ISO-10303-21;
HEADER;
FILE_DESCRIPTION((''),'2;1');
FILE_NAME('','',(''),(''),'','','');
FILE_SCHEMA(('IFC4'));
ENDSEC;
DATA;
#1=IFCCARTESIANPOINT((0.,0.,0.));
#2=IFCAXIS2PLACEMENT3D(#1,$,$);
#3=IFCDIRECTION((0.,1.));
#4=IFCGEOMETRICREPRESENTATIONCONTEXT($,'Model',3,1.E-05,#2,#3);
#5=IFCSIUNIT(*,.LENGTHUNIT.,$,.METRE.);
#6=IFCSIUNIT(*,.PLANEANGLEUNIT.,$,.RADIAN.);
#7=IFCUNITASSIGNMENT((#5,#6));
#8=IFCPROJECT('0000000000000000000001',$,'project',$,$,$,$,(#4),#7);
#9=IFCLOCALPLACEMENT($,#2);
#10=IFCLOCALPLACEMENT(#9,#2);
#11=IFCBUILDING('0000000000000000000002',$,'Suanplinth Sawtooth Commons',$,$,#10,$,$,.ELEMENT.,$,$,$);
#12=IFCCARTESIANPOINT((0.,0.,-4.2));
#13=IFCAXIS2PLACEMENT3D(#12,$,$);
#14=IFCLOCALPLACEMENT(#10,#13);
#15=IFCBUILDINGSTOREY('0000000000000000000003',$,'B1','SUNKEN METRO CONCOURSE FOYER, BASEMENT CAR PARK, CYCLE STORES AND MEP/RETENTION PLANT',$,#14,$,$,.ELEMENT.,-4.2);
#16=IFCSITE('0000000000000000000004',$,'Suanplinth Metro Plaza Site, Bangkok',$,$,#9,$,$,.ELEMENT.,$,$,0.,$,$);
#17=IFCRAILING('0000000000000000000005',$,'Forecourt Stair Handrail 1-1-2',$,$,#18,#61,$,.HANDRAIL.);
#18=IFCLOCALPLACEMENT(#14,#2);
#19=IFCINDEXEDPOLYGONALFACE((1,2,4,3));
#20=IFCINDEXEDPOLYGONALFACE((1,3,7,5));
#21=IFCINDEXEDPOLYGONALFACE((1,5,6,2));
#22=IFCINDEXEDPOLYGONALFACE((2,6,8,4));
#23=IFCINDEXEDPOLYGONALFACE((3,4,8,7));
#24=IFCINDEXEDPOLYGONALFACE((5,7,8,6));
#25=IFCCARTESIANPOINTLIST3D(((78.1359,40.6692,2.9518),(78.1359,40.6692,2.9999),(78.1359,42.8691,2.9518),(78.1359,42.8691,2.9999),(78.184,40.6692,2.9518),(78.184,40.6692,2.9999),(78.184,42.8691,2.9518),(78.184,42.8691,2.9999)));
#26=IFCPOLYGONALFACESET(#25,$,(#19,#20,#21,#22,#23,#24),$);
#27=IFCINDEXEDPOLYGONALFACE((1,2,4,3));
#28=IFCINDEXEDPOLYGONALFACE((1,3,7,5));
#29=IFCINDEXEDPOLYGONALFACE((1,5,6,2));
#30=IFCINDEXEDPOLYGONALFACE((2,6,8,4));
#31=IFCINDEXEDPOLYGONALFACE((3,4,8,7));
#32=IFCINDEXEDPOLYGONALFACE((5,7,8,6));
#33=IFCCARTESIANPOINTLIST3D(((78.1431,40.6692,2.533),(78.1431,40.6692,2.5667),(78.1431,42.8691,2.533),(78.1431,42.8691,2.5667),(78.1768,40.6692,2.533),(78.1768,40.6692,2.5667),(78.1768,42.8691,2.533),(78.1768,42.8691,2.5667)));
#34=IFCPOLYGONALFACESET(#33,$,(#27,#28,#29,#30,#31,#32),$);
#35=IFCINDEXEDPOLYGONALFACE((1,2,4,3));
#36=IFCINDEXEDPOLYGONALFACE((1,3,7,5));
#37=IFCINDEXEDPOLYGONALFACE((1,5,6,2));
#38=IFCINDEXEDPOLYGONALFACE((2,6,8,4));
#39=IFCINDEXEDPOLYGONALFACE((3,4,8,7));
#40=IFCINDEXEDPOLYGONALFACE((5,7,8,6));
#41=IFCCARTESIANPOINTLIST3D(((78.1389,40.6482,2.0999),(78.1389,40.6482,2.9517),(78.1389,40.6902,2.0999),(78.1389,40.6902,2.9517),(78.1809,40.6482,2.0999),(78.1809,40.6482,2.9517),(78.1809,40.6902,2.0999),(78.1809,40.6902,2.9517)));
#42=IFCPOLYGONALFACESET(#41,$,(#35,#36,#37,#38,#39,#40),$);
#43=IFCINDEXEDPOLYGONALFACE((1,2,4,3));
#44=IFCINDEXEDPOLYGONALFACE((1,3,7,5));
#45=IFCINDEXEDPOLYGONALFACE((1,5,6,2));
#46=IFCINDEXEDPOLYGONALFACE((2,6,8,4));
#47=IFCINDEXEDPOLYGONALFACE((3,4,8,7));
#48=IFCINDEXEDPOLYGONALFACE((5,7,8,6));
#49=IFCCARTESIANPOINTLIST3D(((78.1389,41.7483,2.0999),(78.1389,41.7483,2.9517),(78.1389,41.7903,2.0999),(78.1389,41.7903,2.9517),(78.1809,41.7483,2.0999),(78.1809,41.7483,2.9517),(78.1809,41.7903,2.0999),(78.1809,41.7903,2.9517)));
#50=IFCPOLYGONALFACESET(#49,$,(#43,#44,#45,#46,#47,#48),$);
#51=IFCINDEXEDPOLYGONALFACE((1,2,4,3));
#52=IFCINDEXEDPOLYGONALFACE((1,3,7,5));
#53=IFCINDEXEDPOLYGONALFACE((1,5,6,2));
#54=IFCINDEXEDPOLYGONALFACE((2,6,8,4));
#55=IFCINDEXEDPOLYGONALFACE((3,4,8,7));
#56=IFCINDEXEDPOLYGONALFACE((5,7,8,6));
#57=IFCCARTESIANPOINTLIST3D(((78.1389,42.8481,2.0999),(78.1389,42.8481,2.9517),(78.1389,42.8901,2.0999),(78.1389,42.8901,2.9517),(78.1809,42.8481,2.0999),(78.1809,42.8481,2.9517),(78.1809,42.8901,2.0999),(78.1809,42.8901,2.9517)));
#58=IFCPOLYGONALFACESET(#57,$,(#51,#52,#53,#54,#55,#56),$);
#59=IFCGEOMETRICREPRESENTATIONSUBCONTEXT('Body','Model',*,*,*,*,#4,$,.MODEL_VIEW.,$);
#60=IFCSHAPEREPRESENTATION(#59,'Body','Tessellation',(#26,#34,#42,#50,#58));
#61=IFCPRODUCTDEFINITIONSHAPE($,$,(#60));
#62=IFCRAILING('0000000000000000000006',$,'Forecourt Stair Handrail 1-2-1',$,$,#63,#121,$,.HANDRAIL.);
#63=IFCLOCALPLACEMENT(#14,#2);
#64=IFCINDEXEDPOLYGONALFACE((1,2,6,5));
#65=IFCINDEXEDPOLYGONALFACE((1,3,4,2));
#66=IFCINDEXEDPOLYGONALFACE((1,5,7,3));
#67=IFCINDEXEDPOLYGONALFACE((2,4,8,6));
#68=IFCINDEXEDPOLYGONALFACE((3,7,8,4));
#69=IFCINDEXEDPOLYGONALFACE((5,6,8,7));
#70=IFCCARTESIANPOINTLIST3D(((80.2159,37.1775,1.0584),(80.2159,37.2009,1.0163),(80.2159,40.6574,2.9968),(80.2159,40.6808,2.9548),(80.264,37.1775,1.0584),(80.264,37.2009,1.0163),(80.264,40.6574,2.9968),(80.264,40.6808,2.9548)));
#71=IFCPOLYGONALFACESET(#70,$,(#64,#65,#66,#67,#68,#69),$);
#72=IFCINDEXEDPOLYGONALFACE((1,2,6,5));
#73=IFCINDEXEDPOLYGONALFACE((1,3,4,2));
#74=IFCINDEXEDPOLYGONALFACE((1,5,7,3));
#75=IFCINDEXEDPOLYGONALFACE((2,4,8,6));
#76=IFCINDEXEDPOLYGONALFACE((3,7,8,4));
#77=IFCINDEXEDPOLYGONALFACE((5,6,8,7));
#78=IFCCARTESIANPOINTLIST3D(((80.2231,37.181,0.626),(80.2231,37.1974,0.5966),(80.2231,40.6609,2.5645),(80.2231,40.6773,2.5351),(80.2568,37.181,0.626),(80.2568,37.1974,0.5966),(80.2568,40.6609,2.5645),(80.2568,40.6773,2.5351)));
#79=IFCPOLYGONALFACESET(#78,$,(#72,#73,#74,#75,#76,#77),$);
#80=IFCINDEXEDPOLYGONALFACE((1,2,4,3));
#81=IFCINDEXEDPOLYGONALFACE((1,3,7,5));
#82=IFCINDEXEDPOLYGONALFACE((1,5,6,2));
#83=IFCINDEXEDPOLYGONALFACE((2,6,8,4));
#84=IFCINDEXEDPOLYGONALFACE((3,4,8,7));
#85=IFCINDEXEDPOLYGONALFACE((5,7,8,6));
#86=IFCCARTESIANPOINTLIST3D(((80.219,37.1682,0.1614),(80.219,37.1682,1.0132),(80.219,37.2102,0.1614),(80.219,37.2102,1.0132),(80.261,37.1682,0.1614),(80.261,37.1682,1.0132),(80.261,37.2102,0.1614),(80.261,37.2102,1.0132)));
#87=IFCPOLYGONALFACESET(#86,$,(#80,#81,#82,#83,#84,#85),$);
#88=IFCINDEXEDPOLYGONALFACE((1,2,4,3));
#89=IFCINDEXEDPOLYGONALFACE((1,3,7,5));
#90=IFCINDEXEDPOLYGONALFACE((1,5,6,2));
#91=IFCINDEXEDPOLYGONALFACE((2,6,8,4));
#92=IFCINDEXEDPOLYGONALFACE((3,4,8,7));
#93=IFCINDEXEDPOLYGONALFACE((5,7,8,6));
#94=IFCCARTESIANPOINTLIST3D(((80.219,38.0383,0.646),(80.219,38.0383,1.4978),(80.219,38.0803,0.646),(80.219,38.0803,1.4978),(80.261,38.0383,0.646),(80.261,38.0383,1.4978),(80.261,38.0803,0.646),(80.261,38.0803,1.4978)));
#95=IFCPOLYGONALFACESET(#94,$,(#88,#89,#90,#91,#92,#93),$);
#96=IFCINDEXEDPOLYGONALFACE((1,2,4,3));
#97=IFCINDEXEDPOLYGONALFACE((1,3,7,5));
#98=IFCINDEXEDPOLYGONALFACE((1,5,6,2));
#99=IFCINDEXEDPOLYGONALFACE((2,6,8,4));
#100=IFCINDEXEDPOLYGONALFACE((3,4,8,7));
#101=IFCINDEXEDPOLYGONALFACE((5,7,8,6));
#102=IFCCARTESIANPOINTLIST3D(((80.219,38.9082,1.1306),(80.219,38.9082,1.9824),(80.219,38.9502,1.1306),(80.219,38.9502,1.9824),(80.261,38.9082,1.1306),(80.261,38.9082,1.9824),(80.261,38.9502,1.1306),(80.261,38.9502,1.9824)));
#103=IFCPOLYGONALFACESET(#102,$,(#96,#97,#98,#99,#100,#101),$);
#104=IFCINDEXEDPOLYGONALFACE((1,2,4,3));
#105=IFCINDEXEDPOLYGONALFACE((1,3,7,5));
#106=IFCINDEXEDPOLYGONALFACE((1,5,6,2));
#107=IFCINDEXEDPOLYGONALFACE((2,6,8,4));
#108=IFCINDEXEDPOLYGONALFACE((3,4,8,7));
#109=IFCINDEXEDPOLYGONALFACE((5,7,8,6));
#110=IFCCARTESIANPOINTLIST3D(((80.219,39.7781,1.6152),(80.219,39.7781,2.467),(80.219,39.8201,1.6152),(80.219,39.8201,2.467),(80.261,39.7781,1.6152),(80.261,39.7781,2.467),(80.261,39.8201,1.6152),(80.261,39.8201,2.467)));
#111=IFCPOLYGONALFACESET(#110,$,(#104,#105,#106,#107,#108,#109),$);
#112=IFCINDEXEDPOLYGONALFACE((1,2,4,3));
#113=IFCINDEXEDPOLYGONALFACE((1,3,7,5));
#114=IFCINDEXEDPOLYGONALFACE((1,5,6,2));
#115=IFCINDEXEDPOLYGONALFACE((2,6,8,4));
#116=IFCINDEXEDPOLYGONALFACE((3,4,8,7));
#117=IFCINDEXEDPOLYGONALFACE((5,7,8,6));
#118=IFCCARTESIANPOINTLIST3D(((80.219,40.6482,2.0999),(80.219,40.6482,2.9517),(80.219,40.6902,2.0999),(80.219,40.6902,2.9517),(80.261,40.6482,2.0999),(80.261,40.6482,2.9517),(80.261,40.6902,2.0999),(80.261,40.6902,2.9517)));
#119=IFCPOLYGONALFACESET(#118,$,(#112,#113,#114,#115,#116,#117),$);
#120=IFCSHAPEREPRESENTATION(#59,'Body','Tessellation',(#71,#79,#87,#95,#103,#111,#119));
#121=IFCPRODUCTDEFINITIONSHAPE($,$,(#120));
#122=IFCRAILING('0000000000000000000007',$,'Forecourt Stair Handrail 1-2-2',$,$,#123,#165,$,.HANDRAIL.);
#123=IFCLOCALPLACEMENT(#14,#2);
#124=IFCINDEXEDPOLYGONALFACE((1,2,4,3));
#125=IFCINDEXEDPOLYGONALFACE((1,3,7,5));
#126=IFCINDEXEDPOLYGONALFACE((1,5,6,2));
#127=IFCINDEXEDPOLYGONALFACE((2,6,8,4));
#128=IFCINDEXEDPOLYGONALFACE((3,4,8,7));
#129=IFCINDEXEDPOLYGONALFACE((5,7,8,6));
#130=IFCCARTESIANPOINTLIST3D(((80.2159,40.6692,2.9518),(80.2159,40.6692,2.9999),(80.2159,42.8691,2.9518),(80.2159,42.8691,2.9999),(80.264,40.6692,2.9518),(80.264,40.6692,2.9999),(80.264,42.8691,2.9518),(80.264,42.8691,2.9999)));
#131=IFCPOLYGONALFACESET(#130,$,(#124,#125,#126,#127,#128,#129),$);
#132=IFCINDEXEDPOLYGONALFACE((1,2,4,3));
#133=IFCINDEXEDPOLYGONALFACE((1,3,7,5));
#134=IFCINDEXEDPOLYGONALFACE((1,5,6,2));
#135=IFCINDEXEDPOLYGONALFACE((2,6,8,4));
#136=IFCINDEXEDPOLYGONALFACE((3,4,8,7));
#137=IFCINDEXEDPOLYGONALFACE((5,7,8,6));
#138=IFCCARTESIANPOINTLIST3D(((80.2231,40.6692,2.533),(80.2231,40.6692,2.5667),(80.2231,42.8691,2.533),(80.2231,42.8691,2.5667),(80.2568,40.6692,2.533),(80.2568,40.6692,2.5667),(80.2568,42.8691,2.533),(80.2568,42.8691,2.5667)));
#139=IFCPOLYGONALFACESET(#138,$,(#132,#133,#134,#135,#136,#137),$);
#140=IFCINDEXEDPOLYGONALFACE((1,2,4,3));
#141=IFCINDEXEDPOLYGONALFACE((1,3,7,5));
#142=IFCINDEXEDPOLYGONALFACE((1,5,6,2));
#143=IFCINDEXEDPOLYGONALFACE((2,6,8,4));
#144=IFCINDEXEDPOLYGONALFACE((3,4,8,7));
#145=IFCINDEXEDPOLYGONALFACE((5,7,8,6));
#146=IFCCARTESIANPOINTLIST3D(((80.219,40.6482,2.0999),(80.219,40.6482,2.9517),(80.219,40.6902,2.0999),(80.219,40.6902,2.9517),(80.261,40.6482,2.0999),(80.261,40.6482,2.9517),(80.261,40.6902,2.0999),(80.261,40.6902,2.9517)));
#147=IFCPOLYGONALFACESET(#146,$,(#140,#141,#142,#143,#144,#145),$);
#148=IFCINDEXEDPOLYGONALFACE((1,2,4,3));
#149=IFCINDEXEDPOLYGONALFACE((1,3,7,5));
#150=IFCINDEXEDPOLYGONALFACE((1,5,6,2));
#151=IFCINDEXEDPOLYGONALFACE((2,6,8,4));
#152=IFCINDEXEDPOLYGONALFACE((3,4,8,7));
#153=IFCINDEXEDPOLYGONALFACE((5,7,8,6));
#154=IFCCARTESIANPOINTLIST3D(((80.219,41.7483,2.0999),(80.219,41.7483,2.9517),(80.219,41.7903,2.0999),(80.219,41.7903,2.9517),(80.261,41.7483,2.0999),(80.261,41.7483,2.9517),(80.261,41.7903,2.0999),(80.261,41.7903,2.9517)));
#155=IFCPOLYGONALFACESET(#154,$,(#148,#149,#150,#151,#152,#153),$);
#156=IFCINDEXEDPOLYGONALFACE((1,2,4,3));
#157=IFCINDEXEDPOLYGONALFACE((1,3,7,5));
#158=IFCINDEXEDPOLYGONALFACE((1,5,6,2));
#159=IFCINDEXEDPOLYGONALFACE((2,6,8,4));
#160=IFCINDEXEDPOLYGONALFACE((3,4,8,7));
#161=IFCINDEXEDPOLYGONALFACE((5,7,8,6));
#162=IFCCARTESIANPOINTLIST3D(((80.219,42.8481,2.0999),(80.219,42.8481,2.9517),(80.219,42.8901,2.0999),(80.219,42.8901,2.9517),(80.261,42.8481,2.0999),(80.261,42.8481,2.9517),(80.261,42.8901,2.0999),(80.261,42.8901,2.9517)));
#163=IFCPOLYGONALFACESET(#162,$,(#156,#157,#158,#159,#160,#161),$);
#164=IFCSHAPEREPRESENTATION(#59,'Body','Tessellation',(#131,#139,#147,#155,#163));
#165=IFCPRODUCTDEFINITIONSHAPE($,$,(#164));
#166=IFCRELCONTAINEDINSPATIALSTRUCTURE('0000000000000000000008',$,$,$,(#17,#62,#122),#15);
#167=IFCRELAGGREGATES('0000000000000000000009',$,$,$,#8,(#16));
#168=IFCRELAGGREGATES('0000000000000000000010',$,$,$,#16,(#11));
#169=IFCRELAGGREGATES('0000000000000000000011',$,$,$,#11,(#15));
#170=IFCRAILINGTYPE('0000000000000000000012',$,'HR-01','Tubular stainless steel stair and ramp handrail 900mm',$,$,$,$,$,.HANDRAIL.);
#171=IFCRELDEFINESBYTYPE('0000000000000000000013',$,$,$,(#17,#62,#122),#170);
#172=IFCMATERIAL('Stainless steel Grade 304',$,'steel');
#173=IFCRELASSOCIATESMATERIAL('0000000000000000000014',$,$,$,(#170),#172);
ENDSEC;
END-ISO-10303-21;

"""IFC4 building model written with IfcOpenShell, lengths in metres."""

from ifc_helpers import new_model, si_unit, direction, frame, origin, origin_2d, place, context, subcontext, project, spatial, rectangle, extrude, material, type_object, element, save


model = new_model("IFC4")

# Units and contexts
model_context = context("Model", 3, precision=1e-05, world=origin(), true_north=direction((0.0, 1.0)))
body_context = subcontext(model_context, "Body", "Model", "MODEL_VIEW")
ifc_project = project(units=[si_unit("LENGTHUNIT", "METRE"), si_unit("PLANEANGLEUNIT", "RADIAN")], contexts=[model_context])

# Site, building, storey
site_placement = place(None, origin())
site = spatial("IfcSite", under=ifc_project, at=site_placement, Name="Suanplinth Metro Plaza Site, Bangkok", CompositionType="ELEMENT", RefElevation=0.0)
building_placement = place(site_placement, origin())
building = spatial("IfcBuilding", under=site, at=building_placement, Name="Suanplinth Sawtooth Commons", CompositionType="ELEMENT")
storey_placement = place(building_placement, frame((0.0, 0.0, -4.2)))
storey = spatial("IfcBuildingStorey", under=building, at=storey_placement, Name="B1", Description="SUNKEN METRO CONCOURSE FOYER, BASEMENT CAR PARK, CYCLE STORES AND MEP/RETENTION PLANT", CompositionType="ELEMENT", Elevation=-4.2)

# Railings
ifc_material_1 = material(Name="Stainless steel Grade 304", Category="steel")
railing_type_1 = type_object("IfcRailingType", Name="HR-01", Description="Tubular stainless steel stair and ramp handrail 900mm", PredefinedType="HANDRAIL", material=ifc_material_1)
railing_1_placement = place(storey_placement, frame((78.1599, 40.6692, 2.0999)))
element("IfcRailing", 1, at=railing_1_placement, inside=storey, type_object=railing_type_1, Name="Forecourt Stair Handrail 1-1-2", PredefinedType="HANDRAIL", context=body_context, shape_type="SweptSolid", body=[
    extrude(rectangle(XDim=0.0481, YDim=0.0481, at=origin_2d()), frame((0.0, 0.0, 0.876), z_axis=(0.0, 1.0, 0.0), x_axis=(-1.0, 0.0, 0.0)), (0.0, 0.0, 1.0), 2.2),
    extrude(rectangle(XDim=0.0337, YDim=0.0337, at=origin_2d()), frame((0.0, 0.0, 0.45), z_axis=(0.0, 1.0, 0.0), x_axis=(-1.0, 0.0, 0.0)), (0.0, 0.0, 1.0), 2.2),
    extrude(rectangle(XDim=0.042, YDim=0.042, at=origin_2d()), origin(), (0.0, 0.0, 1.0), 0.8518),
    extrude(rectangle(XDim=0.042, YDim=0.042, at=origin_2d()), frame((0.0, 1.1001, 0.0)), (0.0, 0.0, 1.0), 0.8518),
    extrude(rectangle(XDim=0.042, YDim=0.042, at=origin_2d()), frame((0.0, 2.2, 0.0)), (0.0, 0.0, 1.0), 0.8518),
])
railing_2_placement = place(storey_placement, frame((80.24, 37.1892, 0.1614)))
element("IfcRailing", 2, at=railing_2_placement, inside=storey, type_object=railing_type_1, Name="Forecourt Stair Handrail 1-2-1", PredefinedType="HANDRAIL", context=body_context, shape_type="SweptSolid", body=[
    extrude(rectangle(XDim=0.0481, YDim=0.0481, at=origin_2d()), frame((0.0, 0.0, 0.876), z_axis=(0.0, 0.873607, 0.486631), x_axis=(-1.0, 0.0, 0.0)), (0.0, 0.0, 1.0), 3.9834),
    extrude(rectangle(XDim=0.0337, YDim=0.0337, at=origin_2d()), frame((0.0, 0.0, 0.45), z_axis=(0.0, 0.873607, 0.486631), x_axis=(-1.0, 0.0, 0.0)), (0.0, 0.0, 1.0), 3.9834),
    extrude(rectangle(XDim=0.042, YDim=0.042, at=origin_2d()), origin(), (0.0, 0.0, 1.0), 0.8518),
    extrude(rectangle(XDim=0.042, YDim=0.042, at=origin_2d()), frame((0.0, 0.8701, 0.4846)), (0.0, 0.0, 1.0), 0.8518),
    extrude(rectangle(XDim=0.042, YDim=0.042, at=origin_2d()), frame((0.0, 1.74, 0.9692)), (0.0, 0.0, 1.0), 0.8518),
    extrude(rectangle(XDim=0.042, YDim=0.042, at=origin_2d()), frame((0.0, 2.6099, 1.4539)), (0.0, 0.0, 1.0), 0.8518),
    extrude(rectangle(XDim=0.042, YDim=0.042, at=origin_2d()), frame((0.0, 3.48, 1.9385)), (0.0, 0.0, 1.0), 0.8518),
])
railing_3_placement = place(storey_placement, frame((80.24, 40.6692, 2.0999)))
element("IfcRailing", 3, at=railing_3_placement, inside=storey, type_object=railing_type_1, Name="Forecourt Stair Handrail 1-2-2", PredefinedType="HANDRAIL", context=body_context, shape_type="SweptSolid", body=[
    extrude(rectangle(XDim=0.0481, YDim=0.0481, at=origin_2d()), frame((0.0, 0.0, 0.876), z_axis=(0.0, 1.0, 0.0), x_axis=(-1.0, 0.0, 0.0)), (0.0, 0.0, 1.0), 2.2),
    extrude(rectangle(XDim=0.0337, YDim=0.0337, at=origin_2d()), frame((0.0, 0.0, 0.45), z_axis=(0.0, 1.0, 0.0), x_axis=(-1.0, 0.0, 0.0)), (0.0, 0.0, 1.0), 2.2),
    extrude(rectangle(XDim=0.042, YDim=0.042, at=origin_2d()), origin(), (0.0, 0.0, 1.0), 0.8518),
    extrude(rectangle(XDim=0.042, YDim=0.042, at=origin_2d()), frame((0.0, 1.1001, 0.0)), (0.0, 0.0, 1.0), 0.8518),
    extrude(rectangle(XDim=0.042, YDim=0.042, at=origin_2d()), frame((0.0, 2.2, 0.0)), (0.0, 0.0, 1.0), 0.8518),
])

save(model, "model.ifc")
